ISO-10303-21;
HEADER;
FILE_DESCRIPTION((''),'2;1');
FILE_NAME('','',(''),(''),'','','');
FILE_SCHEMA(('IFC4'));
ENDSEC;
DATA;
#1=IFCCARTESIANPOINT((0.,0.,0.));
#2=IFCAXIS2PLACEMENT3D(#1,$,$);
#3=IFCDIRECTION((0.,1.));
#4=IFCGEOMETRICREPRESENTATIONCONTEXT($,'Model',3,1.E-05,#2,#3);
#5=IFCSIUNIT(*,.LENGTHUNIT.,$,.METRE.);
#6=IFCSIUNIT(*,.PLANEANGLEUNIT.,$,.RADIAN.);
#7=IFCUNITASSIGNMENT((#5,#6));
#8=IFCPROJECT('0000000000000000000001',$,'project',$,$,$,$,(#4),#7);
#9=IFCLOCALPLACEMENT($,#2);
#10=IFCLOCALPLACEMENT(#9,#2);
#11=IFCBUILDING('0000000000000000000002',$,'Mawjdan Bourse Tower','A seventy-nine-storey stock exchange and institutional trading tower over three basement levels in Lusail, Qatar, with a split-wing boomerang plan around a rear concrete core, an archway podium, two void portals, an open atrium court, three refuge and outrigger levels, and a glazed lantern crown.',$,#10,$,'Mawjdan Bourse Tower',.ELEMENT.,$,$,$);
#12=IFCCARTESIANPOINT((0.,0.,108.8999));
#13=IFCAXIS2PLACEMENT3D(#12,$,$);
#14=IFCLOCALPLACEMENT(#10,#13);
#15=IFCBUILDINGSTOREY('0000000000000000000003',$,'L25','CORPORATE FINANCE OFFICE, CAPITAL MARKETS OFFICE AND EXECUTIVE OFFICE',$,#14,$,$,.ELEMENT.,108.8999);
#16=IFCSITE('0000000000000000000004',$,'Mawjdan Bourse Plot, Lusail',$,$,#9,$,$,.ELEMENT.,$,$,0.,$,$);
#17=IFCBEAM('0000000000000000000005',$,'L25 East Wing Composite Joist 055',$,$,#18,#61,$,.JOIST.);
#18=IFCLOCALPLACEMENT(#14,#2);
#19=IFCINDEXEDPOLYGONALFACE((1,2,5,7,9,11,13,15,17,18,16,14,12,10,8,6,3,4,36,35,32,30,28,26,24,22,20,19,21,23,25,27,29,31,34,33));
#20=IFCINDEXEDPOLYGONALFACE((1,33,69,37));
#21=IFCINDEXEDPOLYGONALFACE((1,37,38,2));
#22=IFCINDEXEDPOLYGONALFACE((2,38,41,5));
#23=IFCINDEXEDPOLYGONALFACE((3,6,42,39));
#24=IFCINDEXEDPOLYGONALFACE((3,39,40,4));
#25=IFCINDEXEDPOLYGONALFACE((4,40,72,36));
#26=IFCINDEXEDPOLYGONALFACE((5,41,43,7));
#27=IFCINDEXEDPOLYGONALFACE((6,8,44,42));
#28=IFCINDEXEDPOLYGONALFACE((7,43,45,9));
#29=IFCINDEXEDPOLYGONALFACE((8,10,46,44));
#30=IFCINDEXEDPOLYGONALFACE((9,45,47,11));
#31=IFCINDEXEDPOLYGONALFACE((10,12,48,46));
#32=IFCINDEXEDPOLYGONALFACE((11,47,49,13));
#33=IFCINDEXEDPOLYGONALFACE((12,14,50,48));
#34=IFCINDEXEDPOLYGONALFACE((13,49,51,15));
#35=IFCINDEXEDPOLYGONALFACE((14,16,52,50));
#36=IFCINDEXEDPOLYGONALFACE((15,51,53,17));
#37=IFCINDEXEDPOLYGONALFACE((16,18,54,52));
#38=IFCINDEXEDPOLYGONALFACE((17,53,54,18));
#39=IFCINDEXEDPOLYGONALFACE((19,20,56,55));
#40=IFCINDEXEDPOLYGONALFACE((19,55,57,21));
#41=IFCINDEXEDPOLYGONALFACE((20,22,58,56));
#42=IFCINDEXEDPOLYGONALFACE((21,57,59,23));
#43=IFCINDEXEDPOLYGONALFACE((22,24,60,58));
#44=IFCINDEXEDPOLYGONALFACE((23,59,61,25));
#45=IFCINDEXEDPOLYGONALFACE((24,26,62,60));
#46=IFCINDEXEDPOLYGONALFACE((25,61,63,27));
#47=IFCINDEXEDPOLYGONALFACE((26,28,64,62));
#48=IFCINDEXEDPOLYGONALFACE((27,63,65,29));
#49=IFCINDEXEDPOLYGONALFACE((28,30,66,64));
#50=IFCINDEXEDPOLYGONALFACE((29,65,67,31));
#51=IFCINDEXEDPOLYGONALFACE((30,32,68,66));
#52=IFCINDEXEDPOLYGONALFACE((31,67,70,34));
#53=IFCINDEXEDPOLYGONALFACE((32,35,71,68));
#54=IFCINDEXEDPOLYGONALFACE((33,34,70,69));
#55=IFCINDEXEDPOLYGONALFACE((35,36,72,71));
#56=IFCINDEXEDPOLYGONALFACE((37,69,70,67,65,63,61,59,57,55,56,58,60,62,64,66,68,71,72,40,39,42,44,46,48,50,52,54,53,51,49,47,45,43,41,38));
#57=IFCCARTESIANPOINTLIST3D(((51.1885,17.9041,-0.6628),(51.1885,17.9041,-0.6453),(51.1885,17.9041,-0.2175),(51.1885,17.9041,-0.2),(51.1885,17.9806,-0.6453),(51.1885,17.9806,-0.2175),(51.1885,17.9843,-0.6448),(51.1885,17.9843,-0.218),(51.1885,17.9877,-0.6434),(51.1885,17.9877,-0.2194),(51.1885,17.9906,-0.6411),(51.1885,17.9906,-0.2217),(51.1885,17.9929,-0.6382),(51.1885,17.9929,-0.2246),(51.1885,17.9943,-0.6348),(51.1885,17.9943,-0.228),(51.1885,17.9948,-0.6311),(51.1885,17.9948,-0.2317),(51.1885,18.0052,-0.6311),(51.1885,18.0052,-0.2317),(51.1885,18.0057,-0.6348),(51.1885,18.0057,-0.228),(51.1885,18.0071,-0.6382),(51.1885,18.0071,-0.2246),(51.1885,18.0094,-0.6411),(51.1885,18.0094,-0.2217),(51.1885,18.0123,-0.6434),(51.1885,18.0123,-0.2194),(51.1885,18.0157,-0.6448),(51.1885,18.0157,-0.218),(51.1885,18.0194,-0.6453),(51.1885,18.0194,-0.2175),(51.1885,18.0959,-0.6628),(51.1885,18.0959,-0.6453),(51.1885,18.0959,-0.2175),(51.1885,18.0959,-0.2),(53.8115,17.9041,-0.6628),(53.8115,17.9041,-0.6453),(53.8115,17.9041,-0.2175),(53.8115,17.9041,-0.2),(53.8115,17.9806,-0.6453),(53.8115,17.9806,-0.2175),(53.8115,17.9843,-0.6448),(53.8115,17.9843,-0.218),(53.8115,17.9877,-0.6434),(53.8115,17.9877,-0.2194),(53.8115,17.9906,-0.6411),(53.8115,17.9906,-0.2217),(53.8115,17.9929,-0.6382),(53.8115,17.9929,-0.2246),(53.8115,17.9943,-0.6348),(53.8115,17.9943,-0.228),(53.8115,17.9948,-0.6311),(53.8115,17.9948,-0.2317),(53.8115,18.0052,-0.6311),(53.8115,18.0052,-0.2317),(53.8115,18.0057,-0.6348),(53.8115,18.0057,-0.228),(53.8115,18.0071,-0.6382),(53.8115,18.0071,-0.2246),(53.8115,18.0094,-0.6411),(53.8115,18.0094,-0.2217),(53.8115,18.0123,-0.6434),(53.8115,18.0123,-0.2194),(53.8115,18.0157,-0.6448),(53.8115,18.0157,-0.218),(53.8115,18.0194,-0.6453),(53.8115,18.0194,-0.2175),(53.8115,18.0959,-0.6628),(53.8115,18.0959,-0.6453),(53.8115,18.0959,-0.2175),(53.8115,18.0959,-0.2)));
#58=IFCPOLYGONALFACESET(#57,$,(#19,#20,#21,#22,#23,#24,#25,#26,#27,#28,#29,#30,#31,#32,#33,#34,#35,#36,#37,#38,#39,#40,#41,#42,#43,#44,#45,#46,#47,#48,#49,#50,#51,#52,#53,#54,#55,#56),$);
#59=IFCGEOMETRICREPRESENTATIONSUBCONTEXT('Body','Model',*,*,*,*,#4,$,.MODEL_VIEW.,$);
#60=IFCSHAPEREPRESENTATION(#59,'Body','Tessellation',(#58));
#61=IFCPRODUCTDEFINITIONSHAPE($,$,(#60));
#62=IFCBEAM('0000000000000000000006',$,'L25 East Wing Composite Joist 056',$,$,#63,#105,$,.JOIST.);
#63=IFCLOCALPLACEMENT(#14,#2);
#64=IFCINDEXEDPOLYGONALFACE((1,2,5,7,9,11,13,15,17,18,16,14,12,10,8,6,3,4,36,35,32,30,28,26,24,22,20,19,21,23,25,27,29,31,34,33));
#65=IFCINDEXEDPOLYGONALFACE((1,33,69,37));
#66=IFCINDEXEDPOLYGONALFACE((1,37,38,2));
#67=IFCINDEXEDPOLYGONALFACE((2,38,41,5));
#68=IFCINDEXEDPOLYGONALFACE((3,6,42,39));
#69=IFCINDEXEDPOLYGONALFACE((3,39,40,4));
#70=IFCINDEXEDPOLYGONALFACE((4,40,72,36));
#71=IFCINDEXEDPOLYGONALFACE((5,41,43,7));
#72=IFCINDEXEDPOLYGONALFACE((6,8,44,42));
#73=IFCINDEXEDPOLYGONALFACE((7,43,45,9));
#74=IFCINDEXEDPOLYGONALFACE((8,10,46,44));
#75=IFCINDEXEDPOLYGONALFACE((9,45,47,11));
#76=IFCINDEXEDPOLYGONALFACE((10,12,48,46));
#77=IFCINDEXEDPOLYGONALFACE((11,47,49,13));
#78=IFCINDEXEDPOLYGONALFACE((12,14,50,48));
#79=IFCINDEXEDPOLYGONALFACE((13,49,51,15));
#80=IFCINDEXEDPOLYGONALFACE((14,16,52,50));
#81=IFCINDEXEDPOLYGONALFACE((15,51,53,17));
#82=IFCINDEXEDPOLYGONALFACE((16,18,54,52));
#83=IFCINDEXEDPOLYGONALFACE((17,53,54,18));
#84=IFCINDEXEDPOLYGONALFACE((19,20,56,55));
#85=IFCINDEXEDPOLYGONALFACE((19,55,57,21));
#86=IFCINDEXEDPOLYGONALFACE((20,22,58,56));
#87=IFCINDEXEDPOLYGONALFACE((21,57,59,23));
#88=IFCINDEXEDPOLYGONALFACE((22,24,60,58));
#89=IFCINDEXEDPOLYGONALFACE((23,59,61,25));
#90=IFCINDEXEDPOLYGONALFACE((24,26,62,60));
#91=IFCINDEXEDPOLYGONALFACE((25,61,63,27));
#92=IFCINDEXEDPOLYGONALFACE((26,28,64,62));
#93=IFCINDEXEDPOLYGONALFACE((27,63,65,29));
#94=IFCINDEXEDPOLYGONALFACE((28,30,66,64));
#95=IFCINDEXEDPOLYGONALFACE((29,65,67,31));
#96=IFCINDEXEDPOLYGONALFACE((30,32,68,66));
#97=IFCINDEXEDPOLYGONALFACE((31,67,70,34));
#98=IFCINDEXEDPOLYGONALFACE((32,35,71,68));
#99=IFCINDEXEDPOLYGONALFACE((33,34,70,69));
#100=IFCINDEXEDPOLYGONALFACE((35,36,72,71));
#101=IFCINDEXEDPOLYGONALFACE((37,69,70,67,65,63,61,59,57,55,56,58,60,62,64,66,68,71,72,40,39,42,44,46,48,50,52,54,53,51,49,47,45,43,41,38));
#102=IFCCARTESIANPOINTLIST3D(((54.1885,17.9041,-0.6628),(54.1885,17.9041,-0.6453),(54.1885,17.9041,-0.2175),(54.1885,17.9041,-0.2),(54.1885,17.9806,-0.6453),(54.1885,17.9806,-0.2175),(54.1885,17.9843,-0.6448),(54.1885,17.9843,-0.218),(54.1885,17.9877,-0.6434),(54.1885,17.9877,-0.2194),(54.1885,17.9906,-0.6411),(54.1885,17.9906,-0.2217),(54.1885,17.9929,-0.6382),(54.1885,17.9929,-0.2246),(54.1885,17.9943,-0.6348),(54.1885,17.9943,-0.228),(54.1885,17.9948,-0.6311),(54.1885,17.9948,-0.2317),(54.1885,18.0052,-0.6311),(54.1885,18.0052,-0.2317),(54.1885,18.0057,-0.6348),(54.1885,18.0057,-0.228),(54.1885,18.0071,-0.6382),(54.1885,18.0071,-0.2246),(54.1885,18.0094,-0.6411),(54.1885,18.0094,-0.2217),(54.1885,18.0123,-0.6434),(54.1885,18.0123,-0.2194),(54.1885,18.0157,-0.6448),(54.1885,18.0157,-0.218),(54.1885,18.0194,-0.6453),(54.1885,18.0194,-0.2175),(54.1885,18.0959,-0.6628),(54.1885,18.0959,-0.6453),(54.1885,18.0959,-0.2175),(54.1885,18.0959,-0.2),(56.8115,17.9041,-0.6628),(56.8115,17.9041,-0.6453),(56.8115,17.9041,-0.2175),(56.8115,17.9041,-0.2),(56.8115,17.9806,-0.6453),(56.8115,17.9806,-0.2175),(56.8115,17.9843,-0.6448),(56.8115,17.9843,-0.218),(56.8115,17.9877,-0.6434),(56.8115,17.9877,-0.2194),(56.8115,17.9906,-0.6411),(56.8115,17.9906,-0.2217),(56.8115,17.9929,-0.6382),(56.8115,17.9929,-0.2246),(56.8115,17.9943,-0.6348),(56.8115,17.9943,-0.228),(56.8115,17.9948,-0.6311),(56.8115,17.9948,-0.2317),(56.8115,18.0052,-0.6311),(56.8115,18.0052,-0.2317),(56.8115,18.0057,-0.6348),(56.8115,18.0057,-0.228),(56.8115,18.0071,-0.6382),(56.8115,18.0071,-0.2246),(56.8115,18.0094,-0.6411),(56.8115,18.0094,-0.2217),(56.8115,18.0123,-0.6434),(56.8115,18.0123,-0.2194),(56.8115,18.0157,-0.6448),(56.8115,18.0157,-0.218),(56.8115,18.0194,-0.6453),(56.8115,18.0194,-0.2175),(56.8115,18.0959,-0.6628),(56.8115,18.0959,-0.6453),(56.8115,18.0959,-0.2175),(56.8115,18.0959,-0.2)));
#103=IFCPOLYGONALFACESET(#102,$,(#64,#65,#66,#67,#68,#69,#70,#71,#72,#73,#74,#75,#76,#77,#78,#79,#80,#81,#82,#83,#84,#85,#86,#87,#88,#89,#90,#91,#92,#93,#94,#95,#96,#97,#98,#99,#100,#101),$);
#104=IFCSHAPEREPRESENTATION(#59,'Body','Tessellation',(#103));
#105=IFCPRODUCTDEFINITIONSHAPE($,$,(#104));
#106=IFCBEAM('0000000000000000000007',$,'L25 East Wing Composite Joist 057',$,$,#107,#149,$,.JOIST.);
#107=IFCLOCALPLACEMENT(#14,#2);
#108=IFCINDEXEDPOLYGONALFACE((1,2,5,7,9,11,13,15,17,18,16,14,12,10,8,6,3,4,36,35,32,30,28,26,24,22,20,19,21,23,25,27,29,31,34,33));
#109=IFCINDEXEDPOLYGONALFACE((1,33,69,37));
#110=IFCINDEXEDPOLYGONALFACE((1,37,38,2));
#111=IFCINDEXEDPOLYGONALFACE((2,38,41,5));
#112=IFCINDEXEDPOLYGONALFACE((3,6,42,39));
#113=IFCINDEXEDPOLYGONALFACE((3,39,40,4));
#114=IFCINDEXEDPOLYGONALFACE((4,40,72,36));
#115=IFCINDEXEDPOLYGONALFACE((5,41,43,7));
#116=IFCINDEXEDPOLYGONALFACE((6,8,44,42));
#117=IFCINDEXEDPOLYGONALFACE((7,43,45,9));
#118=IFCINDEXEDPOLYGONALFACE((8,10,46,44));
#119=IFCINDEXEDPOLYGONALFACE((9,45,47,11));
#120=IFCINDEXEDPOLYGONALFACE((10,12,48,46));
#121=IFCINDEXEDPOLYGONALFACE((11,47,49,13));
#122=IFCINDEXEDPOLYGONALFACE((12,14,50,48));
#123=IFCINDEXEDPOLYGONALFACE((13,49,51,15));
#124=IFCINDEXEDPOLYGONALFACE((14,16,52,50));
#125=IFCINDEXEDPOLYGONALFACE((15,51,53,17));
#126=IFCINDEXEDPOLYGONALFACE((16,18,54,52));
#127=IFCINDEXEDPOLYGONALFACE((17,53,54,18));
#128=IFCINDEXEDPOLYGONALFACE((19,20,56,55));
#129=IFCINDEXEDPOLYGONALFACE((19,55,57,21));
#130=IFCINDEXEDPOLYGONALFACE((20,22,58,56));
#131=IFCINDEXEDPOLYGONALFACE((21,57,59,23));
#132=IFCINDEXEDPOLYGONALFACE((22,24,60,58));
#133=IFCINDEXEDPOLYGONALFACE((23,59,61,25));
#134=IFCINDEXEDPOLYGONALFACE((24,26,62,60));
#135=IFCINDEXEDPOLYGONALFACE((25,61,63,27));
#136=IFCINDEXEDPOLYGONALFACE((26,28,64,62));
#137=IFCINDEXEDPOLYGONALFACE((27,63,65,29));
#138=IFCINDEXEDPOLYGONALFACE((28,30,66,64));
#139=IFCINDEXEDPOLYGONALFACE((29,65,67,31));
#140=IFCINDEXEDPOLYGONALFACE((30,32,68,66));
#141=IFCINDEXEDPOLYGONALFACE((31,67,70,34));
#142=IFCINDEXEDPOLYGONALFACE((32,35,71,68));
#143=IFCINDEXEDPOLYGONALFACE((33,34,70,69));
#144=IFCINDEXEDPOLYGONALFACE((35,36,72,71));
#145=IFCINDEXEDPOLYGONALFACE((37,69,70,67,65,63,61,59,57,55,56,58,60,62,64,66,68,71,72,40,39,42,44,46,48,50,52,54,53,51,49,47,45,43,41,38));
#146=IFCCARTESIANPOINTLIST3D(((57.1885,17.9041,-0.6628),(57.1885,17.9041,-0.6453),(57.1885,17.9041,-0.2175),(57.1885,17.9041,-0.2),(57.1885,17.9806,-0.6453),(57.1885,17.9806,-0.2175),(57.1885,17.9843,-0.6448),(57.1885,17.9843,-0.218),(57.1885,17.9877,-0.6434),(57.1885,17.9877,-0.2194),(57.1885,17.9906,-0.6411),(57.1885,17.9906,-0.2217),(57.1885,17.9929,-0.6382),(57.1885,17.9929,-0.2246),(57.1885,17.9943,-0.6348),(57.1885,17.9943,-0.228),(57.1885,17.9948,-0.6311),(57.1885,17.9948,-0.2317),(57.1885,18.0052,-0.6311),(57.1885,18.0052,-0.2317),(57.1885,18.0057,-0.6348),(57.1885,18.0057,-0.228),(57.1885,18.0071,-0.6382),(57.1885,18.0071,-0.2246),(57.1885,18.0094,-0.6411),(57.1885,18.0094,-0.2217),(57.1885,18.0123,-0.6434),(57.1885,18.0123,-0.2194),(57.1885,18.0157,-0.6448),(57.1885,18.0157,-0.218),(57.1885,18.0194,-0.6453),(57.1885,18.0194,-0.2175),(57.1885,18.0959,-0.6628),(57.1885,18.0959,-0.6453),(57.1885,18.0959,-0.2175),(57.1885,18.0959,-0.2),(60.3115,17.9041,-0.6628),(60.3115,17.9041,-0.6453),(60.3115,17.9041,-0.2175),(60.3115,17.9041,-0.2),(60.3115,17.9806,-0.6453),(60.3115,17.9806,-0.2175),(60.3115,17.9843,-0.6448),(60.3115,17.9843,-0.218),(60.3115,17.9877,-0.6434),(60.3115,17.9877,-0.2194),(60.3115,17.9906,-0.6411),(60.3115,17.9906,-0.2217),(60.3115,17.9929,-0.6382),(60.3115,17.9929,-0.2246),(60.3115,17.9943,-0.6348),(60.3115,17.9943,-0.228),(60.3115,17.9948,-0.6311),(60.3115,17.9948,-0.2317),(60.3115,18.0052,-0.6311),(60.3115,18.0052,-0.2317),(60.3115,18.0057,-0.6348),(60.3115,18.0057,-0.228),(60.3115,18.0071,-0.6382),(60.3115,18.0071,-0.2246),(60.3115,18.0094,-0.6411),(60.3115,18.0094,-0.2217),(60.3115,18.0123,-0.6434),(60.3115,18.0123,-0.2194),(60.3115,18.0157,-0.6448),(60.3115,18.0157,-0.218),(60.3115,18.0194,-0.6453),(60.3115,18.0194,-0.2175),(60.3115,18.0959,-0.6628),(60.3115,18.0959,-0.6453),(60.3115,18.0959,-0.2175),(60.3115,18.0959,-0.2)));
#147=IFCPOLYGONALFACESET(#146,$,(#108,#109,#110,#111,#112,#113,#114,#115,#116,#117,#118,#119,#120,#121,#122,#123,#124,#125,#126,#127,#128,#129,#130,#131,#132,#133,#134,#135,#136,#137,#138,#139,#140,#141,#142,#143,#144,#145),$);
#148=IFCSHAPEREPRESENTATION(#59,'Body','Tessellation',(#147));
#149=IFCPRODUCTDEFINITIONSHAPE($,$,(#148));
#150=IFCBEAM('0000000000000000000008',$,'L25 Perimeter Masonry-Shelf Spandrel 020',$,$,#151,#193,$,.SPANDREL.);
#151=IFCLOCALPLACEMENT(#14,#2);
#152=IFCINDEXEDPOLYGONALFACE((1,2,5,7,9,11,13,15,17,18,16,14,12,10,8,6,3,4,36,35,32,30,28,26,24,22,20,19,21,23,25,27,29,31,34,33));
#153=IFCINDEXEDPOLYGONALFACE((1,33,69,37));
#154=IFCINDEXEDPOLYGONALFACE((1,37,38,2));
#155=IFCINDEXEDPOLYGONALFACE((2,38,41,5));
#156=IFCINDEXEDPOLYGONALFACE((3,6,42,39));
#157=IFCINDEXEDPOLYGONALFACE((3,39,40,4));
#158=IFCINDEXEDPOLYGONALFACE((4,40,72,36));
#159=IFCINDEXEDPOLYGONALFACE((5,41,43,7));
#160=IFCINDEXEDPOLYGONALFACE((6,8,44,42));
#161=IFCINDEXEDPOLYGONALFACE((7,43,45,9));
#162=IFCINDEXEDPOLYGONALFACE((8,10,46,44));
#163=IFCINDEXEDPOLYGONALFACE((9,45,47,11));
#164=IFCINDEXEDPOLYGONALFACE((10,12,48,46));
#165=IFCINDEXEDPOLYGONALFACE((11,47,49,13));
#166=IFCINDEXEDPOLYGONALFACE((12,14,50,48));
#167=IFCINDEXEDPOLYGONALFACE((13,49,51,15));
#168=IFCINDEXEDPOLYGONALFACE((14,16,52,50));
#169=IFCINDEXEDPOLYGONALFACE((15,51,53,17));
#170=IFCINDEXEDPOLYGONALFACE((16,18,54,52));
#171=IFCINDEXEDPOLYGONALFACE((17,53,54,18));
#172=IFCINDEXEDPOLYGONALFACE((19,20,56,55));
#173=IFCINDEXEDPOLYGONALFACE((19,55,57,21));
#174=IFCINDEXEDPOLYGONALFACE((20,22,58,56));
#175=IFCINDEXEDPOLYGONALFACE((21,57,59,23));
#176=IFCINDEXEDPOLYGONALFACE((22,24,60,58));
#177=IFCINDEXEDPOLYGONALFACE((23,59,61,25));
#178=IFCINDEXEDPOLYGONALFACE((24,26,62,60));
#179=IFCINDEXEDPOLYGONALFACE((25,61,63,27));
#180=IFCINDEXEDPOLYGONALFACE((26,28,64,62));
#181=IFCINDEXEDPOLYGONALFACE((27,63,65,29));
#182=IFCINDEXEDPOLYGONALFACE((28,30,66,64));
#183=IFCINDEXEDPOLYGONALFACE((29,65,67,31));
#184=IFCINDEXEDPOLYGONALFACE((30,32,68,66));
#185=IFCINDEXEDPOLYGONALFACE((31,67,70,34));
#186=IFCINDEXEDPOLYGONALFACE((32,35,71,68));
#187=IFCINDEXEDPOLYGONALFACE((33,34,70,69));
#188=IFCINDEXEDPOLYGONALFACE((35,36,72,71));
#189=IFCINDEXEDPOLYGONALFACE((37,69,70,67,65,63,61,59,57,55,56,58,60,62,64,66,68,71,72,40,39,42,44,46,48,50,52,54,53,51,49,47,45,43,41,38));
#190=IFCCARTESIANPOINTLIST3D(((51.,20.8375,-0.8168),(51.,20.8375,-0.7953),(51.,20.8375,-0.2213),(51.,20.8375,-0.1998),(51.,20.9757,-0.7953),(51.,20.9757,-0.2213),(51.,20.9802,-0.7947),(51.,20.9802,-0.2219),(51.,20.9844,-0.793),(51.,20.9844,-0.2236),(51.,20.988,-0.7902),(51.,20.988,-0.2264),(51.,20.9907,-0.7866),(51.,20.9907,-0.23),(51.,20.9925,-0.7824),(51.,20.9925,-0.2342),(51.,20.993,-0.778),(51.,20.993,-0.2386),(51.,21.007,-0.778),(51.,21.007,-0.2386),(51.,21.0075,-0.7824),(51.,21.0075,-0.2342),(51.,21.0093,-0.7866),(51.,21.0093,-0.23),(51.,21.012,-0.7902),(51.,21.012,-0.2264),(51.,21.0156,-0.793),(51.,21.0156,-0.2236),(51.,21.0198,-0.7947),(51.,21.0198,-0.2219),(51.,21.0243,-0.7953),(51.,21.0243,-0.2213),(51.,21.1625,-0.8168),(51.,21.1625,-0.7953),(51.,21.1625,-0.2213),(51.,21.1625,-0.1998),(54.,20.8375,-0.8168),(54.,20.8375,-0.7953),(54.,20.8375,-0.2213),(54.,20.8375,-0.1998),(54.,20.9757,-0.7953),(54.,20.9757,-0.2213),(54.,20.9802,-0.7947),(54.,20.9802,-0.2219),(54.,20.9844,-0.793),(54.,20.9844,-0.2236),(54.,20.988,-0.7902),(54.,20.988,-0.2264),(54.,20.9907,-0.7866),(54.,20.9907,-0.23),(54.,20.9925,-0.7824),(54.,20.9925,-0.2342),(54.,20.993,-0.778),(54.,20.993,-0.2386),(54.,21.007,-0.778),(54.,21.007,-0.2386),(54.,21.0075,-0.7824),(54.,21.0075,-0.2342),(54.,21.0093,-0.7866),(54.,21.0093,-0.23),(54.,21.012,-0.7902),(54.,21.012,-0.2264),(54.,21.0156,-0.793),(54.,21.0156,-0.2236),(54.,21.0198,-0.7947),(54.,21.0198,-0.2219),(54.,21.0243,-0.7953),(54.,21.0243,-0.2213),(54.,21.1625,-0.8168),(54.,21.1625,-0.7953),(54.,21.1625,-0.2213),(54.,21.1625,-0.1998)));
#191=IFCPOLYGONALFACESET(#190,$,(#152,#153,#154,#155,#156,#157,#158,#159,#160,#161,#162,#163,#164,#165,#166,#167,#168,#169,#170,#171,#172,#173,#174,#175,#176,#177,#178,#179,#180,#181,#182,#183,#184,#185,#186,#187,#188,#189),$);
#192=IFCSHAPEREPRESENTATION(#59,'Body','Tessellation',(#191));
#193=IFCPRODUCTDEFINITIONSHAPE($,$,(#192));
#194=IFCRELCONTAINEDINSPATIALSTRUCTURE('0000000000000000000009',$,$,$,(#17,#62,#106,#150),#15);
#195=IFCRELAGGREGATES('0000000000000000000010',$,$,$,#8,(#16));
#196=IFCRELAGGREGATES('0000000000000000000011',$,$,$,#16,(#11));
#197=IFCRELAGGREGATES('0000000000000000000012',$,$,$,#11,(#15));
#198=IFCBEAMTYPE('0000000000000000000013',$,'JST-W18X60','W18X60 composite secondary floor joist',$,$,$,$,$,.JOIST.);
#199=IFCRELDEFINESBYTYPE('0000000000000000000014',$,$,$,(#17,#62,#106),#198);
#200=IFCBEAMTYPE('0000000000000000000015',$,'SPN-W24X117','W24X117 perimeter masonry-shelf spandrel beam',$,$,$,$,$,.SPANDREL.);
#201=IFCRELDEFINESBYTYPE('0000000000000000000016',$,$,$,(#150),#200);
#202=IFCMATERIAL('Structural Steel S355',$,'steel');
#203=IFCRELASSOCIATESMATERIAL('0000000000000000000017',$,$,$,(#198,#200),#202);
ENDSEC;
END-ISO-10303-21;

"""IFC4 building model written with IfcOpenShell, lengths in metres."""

from ifc_helpers import new_model, si_unit, direction, frame, origin, origin_2d, place, context, subcontext, project, spatial, i_section, extrude, material, material_profile, profile_set, type_object, element, save


model = new_model("IFC4")

# Units and contexts
model_context = context("Model", 3, precision=1e-05, world=origin(), true_north=direction((0.0, 1.0)))
body_context = subcontext(model_context, "Body", "Model", "MODEL_VIEW")
ifc_project = project(units=[si_unit("LENGTHUNIT", "METRE"), si_unit("PLANEANGLEUNIT", "RADIAN")], contexts=[model_context])

# Site, building, storey
site_placement = place(None, origin())
site = spatial("IfcSite", under=ifc_project, at=site_placement, Name="Mawjdan Bourse Plot, Lusail", CompositionType="ELEMENT", RefElevation=0.0)
building_placement = place(site_placement, origin())
building = spatial("IfcBuilding", under=site, at=building_placement, Name="Mawjdan Bourse Tower", Description="A seventy-nine-storey stock exchange and institutional trading tower over three basement levels in Lusail, Qatar, with a split-wing boomerang plan around a rear concrete core, an archway podium, two void portals, an open atrium court, three refuge and outrigger levels, and a glazed lantern crown.", LongName="Mawjdan Bourse Tower", CompositionType="ELEMENT")
storey_placement = place(building_placement, frame((0.0, 0.0, 108.8999)))
storey = spatial("IfcBuildingStorey", under=building, at=storey_placement, Name="L25", Description="CORPORATE FINANCE OFFICE, CAPITAL MARKETS OFFICE AND EXECUTIVE OFFICE", CompositionType="ELEMENT", Elevation=108.8999)

# Beams
ifc_material_1 = material(Name="Structural Steel S355", Category="steel")
ifc_material_profile_1 = material_profile(ifc_material_1, i_section(OverallWidth=0.1919, OverallDepth=0.4629, WebThickness=0.0105, FlangeThickness=0.0176, FilletRadius=0.0142, at=origin_2d()), Name="W18X60")
ifc_profile_set_1 = profile_set([ifc_material_profile_1], Name="Structural Steel S355")
beam_type_1 = type_object("IfcBeamType", Name="JST-W18X60", Description="W18X60 composite secondary floor joist", PredefinedType="JOIST", material=ifc_profile_set_1)
for number, where, z_axis, x_axis, name in (
    (1, (51.1885, 18.0, -0.4314), (1.0, 0.0, 0.0), (0.0, 1.0, 0.0), "L25 East Wing Composite Joist 055"),
    (2, (54.1885, 18.0, -0.4314), (1.0, 0.0, 0.0), (0.0, 1.0, 0.0), "L25 East Wing Composite Joist 056"),
):
    element("IfcBeam", number, at=place(storey_placement, frame(where, z_axis=z_axis, x_axis=x_axis)), inside=storey, type_object=beam_type_1, Name=name, PredefinedType="JOIST", context=body_context, shape_type="SweptSolid", body=[
        extrude(i_section(OverallWidth=0.1919, OverallDepth=0.4629, WebThickness=0.0105, FlangeThickness=0.0176, FilletRadius=0.0142, at=origin_2d()), origin(), (0.0, 0.0, 1.0), 2.623),
    ])
beam_1_placement = place(storey_placement, frame((57.1885, 18.0, -0.4314), z_axis=(1.0, 0.0, 0.0), x_axis=(0.0, 1.0, 0.0)))
element("IfcBeam", 3, at=beam_1_placement, inside=storey, type_object=beam_type_1, Name="L25 East Wing Composite Joist 057", PredefinedType="JOIST", context=body_context, shape_type="SweptSolid", body=[
    extrude(i_section(OverallWidth=0.1919, OverallDepth=0.4629, WebThickness=0.0105, FlangeThickness=0.0176, FilletRadius=0.0142, at=origin_2d()), origin(), (0.0, 0.0, 1.0), 3.123),
])
ifc_material_profile_2 = material_profile(ifc_material_1, i_section(OverallWidth=0.325, OverallDepth=0.6169, WebThickness=0.0139, FlangeThickness=0.0215, FilletRadius=0.0173, at=origin_2d()), Name="W24X117")
ifc_profile_set_2 = profile_set([ifc_material_profile_2], Name="Structural Steel S355")
beam_type_2 = type_object("IfcBeamType", Name="SPN-W24X117", Description="W24X117 perimeter masonry-shelf spandrel beam", PredefinedType="SPANDREL", material=ifc_profile_set_2)
for number, where, z_axis, x_axis, name in (
    (4, (51.0, 21.0, -0.5083), (1.0, 0.0, 0.0), (0.0, 1.0, 0.0), "L25 Perimeter Masonry-Shelf Spandrel 020"),
):
    element("IfcBeam", number, at=place(storey_placement, frame(where, z_axis=z_axis, x_axis=x_axis)), inside=storey, type_object=beam_type_2, Name=name, PredefinedType="SPANDREL", context=body_context, shape_type="SweptSolid", body=[
        extrude(i_section(OverallWidth=0.325, OverallDepth=0.6169, WebThickness=0.0139, FlangeThickness=0.0215, FilletRadius=0.0173, at=origin_2d()), origin(), (0.0, 0.0, 1.0), 3.0),
    ])

save(model, "model.ifc")
